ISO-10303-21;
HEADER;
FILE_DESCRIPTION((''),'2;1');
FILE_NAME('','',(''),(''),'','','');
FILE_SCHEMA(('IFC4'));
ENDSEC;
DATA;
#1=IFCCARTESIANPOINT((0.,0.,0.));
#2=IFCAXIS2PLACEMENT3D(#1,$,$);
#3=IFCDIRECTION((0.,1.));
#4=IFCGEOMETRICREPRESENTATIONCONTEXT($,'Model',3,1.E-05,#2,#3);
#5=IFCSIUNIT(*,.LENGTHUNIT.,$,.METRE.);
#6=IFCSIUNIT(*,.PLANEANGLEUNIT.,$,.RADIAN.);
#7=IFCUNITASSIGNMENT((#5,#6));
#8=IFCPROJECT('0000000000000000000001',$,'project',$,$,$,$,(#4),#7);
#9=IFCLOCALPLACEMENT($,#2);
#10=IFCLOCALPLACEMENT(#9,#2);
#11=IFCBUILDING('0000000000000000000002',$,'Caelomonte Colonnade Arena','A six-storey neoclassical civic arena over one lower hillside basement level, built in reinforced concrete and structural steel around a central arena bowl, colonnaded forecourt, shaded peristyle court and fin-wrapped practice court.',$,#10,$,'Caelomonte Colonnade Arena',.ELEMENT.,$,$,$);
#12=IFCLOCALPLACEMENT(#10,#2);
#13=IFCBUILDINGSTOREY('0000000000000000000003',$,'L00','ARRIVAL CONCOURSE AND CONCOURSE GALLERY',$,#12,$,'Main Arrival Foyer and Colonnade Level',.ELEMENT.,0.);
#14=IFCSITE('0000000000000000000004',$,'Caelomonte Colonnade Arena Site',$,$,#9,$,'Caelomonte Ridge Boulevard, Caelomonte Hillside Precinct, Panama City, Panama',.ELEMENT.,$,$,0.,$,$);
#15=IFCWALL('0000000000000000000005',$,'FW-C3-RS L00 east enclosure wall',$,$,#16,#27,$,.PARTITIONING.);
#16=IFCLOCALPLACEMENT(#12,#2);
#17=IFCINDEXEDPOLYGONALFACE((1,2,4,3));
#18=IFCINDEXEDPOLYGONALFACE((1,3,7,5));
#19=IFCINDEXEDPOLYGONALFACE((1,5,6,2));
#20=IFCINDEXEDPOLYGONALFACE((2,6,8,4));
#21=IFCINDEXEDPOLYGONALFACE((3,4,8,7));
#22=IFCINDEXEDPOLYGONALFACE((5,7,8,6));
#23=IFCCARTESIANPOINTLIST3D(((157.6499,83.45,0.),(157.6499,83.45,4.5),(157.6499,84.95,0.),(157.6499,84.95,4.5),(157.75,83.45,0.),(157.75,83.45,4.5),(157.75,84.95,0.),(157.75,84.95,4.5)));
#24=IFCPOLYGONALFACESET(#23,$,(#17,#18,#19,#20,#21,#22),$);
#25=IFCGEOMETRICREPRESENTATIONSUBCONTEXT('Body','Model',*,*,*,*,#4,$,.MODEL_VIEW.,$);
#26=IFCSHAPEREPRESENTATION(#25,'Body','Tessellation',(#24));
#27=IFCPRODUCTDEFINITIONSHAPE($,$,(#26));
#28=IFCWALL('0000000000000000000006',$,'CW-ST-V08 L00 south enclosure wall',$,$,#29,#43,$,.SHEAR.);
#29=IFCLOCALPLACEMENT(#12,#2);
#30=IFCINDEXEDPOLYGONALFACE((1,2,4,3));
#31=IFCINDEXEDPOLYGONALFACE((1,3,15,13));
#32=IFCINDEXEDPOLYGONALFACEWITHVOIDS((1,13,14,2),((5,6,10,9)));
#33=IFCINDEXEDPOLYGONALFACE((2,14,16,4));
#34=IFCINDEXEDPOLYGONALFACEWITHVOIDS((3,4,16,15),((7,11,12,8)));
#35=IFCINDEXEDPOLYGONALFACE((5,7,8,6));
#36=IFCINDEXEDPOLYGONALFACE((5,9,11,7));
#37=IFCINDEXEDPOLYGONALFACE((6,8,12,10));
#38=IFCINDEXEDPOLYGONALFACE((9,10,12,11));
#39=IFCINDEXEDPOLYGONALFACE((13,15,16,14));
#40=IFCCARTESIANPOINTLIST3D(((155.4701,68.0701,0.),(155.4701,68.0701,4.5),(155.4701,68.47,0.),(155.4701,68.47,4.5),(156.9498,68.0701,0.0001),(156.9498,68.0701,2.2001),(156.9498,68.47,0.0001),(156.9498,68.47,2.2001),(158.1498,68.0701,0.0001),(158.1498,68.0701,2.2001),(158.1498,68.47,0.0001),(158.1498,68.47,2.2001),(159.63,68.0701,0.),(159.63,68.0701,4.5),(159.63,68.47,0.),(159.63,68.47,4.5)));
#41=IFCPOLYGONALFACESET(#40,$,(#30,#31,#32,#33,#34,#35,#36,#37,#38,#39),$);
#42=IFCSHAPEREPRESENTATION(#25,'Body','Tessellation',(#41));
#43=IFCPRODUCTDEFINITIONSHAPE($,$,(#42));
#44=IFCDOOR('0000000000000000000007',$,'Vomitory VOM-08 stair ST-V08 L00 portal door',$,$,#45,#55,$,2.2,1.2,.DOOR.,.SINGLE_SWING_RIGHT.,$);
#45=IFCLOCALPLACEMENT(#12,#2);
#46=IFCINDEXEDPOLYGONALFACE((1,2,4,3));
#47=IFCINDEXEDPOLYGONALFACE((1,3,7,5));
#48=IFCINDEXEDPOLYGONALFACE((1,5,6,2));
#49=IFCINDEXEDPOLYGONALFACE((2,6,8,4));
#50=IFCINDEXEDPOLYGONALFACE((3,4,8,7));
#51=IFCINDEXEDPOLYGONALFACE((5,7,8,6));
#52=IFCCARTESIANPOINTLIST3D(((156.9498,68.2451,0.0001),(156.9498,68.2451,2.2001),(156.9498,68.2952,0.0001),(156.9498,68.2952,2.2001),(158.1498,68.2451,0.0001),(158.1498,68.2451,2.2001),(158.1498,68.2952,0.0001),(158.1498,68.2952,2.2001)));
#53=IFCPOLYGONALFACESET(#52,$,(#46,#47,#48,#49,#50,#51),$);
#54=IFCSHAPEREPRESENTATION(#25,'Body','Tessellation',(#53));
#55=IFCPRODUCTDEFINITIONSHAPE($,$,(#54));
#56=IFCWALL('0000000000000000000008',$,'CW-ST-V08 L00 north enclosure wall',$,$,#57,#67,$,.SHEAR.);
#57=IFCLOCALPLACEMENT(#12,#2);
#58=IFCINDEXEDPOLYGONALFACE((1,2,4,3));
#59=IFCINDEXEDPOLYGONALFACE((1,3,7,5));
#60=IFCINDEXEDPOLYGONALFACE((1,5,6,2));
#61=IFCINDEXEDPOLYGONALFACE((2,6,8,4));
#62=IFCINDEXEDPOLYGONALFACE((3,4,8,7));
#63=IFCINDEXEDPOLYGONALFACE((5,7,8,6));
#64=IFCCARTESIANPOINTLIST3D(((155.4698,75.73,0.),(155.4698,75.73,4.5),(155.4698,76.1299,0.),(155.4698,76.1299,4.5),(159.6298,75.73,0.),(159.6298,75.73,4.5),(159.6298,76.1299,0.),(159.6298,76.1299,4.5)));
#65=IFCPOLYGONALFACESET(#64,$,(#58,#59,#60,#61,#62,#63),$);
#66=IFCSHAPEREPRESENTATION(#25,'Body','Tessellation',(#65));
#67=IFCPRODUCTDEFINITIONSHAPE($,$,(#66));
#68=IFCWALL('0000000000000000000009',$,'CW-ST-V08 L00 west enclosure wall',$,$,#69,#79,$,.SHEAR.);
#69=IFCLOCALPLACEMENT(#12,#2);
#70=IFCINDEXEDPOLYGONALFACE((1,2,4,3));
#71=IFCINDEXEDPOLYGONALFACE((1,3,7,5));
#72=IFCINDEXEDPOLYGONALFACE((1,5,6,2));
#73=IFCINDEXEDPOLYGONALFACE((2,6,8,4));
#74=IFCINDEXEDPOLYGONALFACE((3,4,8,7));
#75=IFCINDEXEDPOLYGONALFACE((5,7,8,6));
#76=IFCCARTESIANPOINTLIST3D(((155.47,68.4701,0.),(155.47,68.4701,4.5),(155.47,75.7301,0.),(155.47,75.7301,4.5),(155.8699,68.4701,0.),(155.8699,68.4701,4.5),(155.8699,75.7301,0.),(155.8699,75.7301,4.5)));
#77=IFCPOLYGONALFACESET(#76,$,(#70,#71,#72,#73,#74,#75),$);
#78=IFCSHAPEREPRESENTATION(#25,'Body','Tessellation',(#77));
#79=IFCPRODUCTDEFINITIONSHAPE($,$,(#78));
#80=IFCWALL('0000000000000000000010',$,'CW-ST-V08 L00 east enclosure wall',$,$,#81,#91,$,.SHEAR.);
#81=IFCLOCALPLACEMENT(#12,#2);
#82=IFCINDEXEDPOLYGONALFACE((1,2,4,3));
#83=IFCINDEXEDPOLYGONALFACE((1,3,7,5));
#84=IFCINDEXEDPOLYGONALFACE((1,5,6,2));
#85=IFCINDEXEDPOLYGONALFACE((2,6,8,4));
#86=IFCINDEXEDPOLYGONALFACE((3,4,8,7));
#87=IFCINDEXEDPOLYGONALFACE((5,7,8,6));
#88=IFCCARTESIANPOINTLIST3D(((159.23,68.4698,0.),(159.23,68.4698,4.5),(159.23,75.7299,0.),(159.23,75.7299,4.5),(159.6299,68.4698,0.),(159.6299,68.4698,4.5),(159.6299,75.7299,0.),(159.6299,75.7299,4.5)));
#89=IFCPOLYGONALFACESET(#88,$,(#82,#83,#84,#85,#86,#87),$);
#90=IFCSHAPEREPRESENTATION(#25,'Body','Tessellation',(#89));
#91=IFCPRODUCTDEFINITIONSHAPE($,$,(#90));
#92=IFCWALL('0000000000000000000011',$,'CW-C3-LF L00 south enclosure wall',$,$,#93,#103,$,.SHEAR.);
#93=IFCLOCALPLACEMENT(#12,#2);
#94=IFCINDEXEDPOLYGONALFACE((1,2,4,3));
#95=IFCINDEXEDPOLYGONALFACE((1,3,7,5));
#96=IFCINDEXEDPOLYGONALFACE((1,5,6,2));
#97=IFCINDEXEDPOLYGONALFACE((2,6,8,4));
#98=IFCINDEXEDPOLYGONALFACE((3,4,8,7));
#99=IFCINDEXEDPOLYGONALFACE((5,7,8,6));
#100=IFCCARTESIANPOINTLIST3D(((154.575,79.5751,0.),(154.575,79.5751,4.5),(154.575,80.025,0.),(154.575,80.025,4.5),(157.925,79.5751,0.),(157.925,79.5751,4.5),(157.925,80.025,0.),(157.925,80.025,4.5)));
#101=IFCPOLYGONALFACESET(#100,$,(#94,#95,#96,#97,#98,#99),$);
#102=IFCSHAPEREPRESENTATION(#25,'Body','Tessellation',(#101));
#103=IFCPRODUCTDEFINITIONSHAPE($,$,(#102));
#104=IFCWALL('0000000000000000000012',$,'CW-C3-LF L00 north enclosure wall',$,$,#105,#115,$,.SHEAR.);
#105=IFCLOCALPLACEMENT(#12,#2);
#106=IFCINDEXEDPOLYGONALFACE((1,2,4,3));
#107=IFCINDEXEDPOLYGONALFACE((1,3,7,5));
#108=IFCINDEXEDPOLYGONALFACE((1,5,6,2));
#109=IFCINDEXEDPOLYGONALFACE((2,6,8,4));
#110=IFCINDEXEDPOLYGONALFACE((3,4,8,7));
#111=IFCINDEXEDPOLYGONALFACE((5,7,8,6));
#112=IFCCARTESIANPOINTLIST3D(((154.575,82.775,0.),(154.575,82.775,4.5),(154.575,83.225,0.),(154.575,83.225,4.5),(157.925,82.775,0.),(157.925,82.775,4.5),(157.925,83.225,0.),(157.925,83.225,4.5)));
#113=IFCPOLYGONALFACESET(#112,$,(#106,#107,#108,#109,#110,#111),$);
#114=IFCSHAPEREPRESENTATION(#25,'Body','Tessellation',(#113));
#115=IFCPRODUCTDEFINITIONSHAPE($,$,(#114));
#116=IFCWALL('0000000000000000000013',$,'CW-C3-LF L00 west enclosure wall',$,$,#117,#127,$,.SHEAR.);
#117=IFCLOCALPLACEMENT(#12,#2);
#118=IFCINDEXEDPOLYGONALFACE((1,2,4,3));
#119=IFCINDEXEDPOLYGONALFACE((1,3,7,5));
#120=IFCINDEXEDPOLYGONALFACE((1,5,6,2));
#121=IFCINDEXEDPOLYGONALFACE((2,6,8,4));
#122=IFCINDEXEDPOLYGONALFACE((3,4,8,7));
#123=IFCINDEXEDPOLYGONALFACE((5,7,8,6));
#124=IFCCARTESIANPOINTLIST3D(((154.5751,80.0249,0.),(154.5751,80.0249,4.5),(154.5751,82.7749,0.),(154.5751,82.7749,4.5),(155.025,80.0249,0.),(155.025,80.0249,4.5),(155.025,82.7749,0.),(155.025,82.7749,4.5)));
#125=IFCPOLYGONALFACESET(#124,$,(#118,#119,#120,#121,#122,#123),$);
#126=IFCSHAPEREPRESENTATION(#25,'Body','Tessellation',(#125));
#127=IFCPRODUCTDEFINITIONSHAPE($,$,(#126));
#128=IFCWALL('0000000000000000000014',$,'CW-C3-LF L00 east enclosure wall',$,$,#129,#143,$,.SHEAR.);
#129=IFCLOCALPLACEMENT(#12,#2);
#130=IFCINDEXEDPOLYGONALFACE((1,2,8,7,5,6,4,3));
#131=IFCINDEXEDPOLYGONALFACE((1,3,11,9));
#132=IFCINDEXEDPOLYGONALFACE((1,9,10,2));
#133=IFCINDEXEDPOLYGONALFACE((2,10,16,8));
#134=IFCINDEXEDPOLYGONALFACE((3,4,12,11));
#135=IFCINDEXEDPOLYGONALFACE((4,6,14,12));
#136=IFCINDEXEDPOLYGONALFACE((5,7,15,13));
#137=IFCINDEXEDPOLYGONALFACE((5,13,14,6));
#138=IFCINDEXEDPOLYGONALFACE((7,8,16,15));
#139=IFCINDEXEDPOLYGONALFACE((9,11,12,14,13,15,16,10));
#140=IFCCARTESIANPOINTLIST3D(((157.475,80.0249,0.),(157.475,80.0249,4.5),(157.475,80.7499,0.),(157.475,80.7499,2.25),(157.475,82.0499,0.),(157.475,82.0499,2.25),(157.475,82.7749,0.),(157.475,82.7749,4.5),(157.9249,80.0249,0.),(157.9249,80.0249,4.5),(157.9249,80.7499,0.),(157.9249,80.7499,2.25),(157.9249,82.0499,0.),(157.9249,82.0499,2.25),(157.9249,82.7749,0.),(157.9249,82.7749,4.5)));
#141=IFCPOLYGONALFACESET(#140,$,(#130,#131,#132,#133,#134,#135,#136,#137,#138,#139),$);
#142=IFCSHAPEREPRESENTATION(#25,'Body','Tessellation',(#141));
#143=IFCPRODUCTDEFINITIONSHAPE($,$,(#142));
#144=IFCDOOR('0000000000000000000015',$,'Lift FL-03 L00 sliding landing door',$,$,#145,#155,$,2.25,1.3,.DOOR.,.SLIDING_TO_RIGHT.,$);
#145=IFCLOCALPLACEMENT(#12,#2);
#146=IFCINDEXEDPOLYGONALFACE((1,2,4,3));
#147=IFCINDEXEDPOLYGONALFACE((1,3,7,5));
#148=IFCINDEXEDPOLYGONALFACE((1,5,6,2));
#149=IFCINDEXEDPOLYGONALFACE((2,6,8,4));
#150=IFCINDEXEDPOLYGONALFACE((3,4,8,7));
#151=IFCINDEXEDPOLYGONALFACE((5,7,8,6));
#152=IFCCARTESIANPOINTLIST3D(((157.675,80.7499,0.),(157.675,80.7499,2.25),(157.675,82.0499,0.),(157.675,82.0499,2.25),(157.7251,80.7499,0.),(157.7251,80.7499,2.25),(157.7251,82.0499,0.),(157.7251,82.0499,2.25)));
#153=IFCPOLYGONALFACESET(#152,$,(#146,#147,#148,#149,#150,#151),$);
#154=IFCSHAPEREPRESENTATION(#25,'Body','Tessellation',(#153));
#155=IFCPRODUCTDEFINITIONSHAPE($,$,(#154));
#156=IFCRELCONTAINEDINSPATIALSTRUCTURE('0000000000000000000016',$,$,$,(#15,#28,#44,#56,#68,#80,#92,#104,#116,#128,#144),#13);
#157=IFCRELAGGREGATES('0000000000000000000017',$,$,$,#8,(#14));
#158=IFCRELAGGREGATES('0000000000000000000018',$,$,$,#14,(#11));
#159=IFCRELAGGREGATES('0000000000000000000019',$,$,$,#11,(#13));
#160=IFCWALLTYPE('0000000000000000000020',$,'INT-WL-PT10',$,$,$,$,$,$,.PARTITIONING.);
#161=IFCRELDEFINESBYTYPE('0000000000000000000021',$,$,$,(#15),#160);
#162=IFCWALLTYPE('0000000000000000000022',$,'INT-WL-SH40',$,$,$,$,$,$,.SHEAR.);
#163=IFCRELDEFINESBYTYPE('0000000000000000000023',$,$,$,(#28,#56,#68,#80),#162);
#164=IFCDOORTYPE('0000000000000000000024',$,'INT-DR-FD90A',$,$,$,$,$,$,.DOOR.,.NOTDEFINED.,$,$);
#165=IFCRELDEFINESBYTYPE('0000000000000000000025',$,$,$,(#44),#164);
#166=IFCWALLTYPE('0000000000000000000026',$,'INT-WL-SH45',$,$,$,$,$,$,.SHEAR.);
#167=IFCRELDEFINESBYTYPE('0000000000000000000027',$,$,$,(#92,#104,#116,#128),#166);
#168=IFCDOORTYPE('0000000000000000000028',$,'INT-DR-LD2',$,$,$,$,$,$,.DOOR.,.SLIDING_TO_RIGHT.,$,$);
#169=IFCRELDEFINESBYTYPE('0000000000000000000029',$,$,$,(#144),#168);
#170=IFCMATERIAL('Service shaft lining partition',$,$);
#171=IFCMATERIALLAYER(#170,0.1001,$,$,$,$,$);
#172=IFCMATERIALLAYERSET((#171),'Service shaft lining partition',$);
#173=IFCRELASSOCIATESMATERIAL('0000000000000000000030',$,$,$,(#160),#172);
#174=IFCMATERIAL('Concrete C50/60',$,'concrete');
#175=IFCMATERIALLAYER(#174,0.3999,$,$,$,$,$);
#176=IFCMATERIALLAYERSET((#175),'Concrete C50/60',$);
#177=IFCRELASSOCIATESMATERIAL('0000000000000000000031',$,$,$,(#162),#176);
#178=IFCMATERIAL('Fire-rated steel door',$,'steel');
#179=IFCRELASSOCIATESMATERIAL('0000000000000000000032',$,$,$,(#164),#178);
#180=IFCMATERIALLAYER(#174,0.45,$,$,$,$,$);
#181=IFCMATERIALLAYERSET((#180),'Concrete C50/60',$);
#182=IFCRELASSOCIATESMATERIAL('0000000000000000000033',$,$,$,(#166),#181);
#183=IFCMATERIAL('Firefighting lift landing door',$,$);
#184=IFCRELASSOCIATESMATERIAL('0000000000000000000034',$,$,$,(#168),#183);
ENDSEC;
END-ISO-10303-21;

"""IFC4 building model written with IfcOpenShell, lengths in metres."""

from ifc_helpers import new_model, si_unit, direction, frame, frame_2d, origin, place, context, subcontext, project, spatial, rectangle, extrude, material, layer, layer_set, type_object, element, fill, save


model = new_model("IFC4")

# Units and contexts
model_context = context("Model", 3, precision=1e-05, world=origin(), true_north=direction((0.0, 1.0)))
body_context = subcontext(model_context, "Body", "Model", "MODEL_VIEW")
ifc_project = project(units=[si_unit("LENGTHUNIT", "METRE"), si_unit("PLANEANGLEUNIT", "RADIAN")], contexts=[model_context])

# Site, building, storey
site_placement = place(None, origin())
site = spatial("IfcSite", under=ifc_project, at=site_placement, Name="Caelomonte Colonnade Arena Site", LongName="Caelomonte Ridge Boulevard, Caelomonte Hillside Precinct, Panama City, Panama", CompositionType="ELEMENT", RefElevation=0.0)
building_placement = place(site_placement, origin())
building = spatial("IfcBuilding", under=site, at=building_placement, Name="Caelomonte Colonnade Arena", Description="A six-storey neoclassical civic arena over one lower hillside basement level, built in reinforced concrete and structural steel around a central arena bowl, colonnaded forecourt, shaded peristyle court and fin-wrapped practice court.", LongName="Caelomonte Colonnade Arena", CompositionType="ELEMENT")
storey_placement = place(building_placement, origin())
storey = spatial("IfcBuildingStorey", under=building, at=storey_placement, Name="L00", Description="ARRIVAL CONCOURSE AND CONCOURSE GALLERY", LongName="Main Arrival Foyer and Colonnade Level", CompositionType="ELEMENT", Elevation=0.0)

# Shared definitions
ifc_material_1 = material(Name="Concrete C50/60", Category="concrete")

# Wall
ifc_material_2 = material(Name="Service shaft lining partition")
ifc_layer_1 = layer(ifc_material_2, 0.1001)
ifc_layer_set_1 = layer_set([ifc_layer_1], Name="Service shaft lining partition")
wall_type_1 = type_object("IfcWallType", Name="INT-WL-PT10", PredefinedType="PARTITIONING", material=ifc_layer_set_1)
for number, where, z_axis, x_axis, name in (
    (1, (157.7, 83.45, 0.0), (0.0, 0.0, 1.0), (0.0, 1.0, 0.0), "FW-C3-RS L00 east enclosure wall"),
):
    element("IfcWall", number, at=place(storey_placement, frame(where, z_axis=z_axis, x_axis=x_axis)), inside=storey, type_object=wall_type_1, Name=name, PredefinedType="PARTITIONING", context=body_context, shape_type="SweptSolid", body=[
        extrude(rectangle(XDim=1.5, YDim=0.1001, at=frame_2d((0.75, 0.0))), origin(), (0.0, 0.0, 1.0), 4.5),
    ])

# Wall, opening, door
ifc_layer_2 = layer(ifc_material_1, 0.3999)
ifc_layer_set_2 = layer_set([ifc_layer_2], Name="Concrete C50/60")
wall_type_2 = type_object("IfcWallType", Name="INT-WL-SH40", PredefinedType="SHEAR", material=ifc_layer_set_2)
wall_1_placement = place(storey_placement, frame((155.47, 68.27, 0.0), z_axis=(0.0, 0.0, 1.0), x_axis=(1.0, 0.0, 0.0)))
wall_1 = element("IfcWall", 2, at=wall_1_placement, inside=storey, type_object=wall_type_2, Name="CW-ST-V08 L00 south enclosure wall", PredefinedType="SHEAR", context=body_context, shape_type="SweptSolid", body=[
    extrude(rectangle(XDim=4.1599, YDim=0.3999, at=frame_2d((2.0801, 0.0))), origin(), (0.0, 0.0, 1.0), 4.5),
])
opening_1_placement = place(wall_1_placement, frame((2.6799, 0.0, 0.0), z_axis=(0.0, 0.0, 1.0), x_axis=(-1.0, 0.0, 0.0)))
opening_1 = element("IfcOpeningElement", 3, at=opening_1_placement, cuts=wall_1, PredefinedType="OPENING", context=body_context, shape_type="SweptSolid", body=[
    extrude(rectangle(XDim=1.2, YDim=2.2, at=frame_2d((0.6001, 1.1001))), frame((0.0, 0.21, 0.0), z_axis=(0.0, -1.0, 0.0), x_axis=(1.0, 0.0, 0.0)), (0.0, 0.0, 1.0), 0.4199),
])
ifc_material_3 = material(Name="Fire-rated steel door", Category="steel")
door_type_1 = type_object("IfcDoorType", Name="INT-DR-FD90A", OperationType="NOTDEFINED", PredefinedType="DOOR", material=ifc_material_3)
door_1_placement = place(opening_1_placement, origin())
door_1 = element("IfcDoor", 4, at=door_1_placement, inside=storey, type_object=door_type_1, Name="Vomitory VOM-08 stair ST-V08 L00 portal door", OperationType="SINGLE_SWING_RIGHT", OverallHeight=2.2, OverallWidth=1.2, PredefinedType="DOOR", context=body_context, shape_type="SweptSolid", body=[
    extrude(rectangle(XDim=1.2, YDim=2.2, at=frame_2d((0.6001, 1.1001))), frame((0.0, 0.0249, 0.0), z_axis=(0.0, -1.0, 0.0), x_axis=(1.0, 0.0, 0.0)), (0.0, 0.0, 1.0), 0.05),
])
fill(opening_1, door_1)

# Walls
wall_2_placement = place(storey_placement, frame((159.6299, 75.9299, 0.0), z_axis=(0.0, 0.0, 1.0), x_axis=(-1.0, 0.0, 0.0)))
element("IfcWall", 5, at=wall_2_placement, inside=storey, type_object=wall_type_2, Name="CW-ST-V08 L00 north enclosure wall", PredefinedType="SHEAR", context=body_context, shape_type="SweptSolid", body=[
    extrude(rectangle(XDim=4.1599, YDim=0.3999, at=frame_2d((2.0801, 0.0))), origin(), (0.0, 0.0, 1.0), 4.5),
])
for number, where, z_axis, x_axis, name in (
    (6, (155.6699, 75.73, 0.0), (0.0, 0.0, 1.0), (0.0, -1.0, 0.0), "CW-ST-V08 L00 west enclosure wall"),
    (7, (159.4299, 68.47, 0.0), (0.0, 0.0, 1.0), (0.0, 1.0, 0.0), "CW-ST-V08 L00 east enclosure wall"),
):
    element("IfcWall", number, at=place(storey_placement, frame(where, z_axis=z_axis, x_axis=x_axis)), inside=storey, type_object=wall_type_2, Name=name, PredefinedType="SHEAR", context=body_context, shape_type="SweptSolid", body=[
        extrude(rectangle(XDim=7.26, YDim=0.3999, at=frame_2d((3.6299, 0.0))), origin(), (0.0, 0.0, 1.0), 4.5),
    ])
ifc_layer_3 = layer(ifc_material_1, 0.45)
ifc_layer_set_3 = layer_set([ifc_layer_3], Name="Concrete C50/60")
wall_type_3 = type_object("IfcWallType", Name="INT-WL-SH45", PredefinedType="SHEAR", material=ifc_layer_set_3)
for number, where, z_axis, x_axis, name in (
    (8, (154.575, 79.8, 0.0), (0.0, 0.0, 1.0), (1.0, 0.0, 0.0), "CW-C3-LF L00 south enclosure wall"),
    (9, (157.925, 83.0, 0.0), (0.0, 0.0, 1.0), (-1.0, 0.0, 0.0), "CW-C3-LF L00 north enclosure wall"),
):
    element("IfcWall", number, at=place(storey_placement, frame(where, z_axis=z_axis, x_axis=x_axis)), inside=storey, type_object=wall_type_3, Name=name, PredefinedType="SHEAR", context=body_context, shape_type="SweptSolid", body=[
        extrude(rectangle(XDim=3.3501, YDim=0.45, at=frame_2d((1.675, 0.0))), origin(), (0.0, 0.0, 1.0), 4.5),
    ])
wall_3_placement = place(storey_placement, frame((154.8, 82.7749, 0.0), z_axis=(0.0, 0.0, 1.0), x_axis=(0.0, -1.0, 0.0)))
element("IfcWall", 10, at=wall_3_placement, inside=storey, type_object=wall_type_3, Name="CW-C3-LF L00 west enclosure wall", PredefinedType="SHEAR", context=body_context, shape_type="SweptSolid", body=[
    extrude(rectangle(XDim=2.75, YDim=0.45, at=frame_2d((1.375, 0.0))), origin(), (0.0, 0.0, 1.0), 4.5),
])

# Wall, opening, door
wall_4_placement = place(storey_placement, frame((157.7, 80.0249, 0.0), z_axis=(0.0, 0.0, 1.0), x_axis=(0.0, 1.0, 0.0)))
wall_4 = element("IfcWall", 11, at=wall_4_placement, inside=storey, type_object=wall_type_3, Name="CW-C3-LF L00 east enclosure wall", PredefinedType="SHEAR", context=body_context, shape_type="SweptSolid", body=[
    extrude(rectangle(XDim=2.75, YDim=0.45, at=frame_2d((1.375, 0.0))), origin(), (0.0, 0.0, 1.0), 4.5),
])
opening_2_placement = place(wall_4_placement, frame((0.7251, 0.0, 0.0), z_axis=(0.0, 0.0, 1.0), x_axis=(1.0, 0.0, 0.0)))
opening_2 = element("IfcOpeningElement", 12, at=opening_2_placement, cuts=wall_4, PredefinedType="OPENING", context=body_context, shape_type="SweptSolid", body=[
    extrude(rectangle(XDim=1.3, YDim=2.25, at=frame_2d((0.6499, 1.125))), frame((0.0, 0.2349, 0.0), z_axis=(0.0, -1.0, 0.0), x_axis=(1.0, 0.0, 0.0)), (0.0, 0.0, 1.0), 0.47),
])
ifc_material_4 = material(Name="Firefighting lift landing door")
door_type_2 = type_object("IfcDoorType", Name="INT-DR-LD2", OperationType="SLIDING_TO_RIGHT", PredefinedType="DOOR", material=ifc_material_4)
door_2_placement = place(opening_2_placement, origin())
door_2 = element("IfcDoor", 13, at=door_2_placement, inside=storey, type_object=door_type_2, Name="Lift FL-03 L00 sliding landing door", OperationType="SLIDING_TO_RIGHT", OverallHeight=2.25, OverallWidth=1.3, PredefinedType="DOOR", context=body_context, shape_type="SweptSolid", body=[
    extrude(rectangle(XDim=1.3, YDim=2.25, at=frame_2d((0.6499, 1.125))), frame((0.0, 0.0249, 0.0), z_axis=(0.0, -1.0, 0.0), x_axis=(1.0, 0.0, 0.0)), (0.0, 0.0, 1.0), 0.05),
])
fill(opening_2, door_2)

save(model, "model.ifc")
